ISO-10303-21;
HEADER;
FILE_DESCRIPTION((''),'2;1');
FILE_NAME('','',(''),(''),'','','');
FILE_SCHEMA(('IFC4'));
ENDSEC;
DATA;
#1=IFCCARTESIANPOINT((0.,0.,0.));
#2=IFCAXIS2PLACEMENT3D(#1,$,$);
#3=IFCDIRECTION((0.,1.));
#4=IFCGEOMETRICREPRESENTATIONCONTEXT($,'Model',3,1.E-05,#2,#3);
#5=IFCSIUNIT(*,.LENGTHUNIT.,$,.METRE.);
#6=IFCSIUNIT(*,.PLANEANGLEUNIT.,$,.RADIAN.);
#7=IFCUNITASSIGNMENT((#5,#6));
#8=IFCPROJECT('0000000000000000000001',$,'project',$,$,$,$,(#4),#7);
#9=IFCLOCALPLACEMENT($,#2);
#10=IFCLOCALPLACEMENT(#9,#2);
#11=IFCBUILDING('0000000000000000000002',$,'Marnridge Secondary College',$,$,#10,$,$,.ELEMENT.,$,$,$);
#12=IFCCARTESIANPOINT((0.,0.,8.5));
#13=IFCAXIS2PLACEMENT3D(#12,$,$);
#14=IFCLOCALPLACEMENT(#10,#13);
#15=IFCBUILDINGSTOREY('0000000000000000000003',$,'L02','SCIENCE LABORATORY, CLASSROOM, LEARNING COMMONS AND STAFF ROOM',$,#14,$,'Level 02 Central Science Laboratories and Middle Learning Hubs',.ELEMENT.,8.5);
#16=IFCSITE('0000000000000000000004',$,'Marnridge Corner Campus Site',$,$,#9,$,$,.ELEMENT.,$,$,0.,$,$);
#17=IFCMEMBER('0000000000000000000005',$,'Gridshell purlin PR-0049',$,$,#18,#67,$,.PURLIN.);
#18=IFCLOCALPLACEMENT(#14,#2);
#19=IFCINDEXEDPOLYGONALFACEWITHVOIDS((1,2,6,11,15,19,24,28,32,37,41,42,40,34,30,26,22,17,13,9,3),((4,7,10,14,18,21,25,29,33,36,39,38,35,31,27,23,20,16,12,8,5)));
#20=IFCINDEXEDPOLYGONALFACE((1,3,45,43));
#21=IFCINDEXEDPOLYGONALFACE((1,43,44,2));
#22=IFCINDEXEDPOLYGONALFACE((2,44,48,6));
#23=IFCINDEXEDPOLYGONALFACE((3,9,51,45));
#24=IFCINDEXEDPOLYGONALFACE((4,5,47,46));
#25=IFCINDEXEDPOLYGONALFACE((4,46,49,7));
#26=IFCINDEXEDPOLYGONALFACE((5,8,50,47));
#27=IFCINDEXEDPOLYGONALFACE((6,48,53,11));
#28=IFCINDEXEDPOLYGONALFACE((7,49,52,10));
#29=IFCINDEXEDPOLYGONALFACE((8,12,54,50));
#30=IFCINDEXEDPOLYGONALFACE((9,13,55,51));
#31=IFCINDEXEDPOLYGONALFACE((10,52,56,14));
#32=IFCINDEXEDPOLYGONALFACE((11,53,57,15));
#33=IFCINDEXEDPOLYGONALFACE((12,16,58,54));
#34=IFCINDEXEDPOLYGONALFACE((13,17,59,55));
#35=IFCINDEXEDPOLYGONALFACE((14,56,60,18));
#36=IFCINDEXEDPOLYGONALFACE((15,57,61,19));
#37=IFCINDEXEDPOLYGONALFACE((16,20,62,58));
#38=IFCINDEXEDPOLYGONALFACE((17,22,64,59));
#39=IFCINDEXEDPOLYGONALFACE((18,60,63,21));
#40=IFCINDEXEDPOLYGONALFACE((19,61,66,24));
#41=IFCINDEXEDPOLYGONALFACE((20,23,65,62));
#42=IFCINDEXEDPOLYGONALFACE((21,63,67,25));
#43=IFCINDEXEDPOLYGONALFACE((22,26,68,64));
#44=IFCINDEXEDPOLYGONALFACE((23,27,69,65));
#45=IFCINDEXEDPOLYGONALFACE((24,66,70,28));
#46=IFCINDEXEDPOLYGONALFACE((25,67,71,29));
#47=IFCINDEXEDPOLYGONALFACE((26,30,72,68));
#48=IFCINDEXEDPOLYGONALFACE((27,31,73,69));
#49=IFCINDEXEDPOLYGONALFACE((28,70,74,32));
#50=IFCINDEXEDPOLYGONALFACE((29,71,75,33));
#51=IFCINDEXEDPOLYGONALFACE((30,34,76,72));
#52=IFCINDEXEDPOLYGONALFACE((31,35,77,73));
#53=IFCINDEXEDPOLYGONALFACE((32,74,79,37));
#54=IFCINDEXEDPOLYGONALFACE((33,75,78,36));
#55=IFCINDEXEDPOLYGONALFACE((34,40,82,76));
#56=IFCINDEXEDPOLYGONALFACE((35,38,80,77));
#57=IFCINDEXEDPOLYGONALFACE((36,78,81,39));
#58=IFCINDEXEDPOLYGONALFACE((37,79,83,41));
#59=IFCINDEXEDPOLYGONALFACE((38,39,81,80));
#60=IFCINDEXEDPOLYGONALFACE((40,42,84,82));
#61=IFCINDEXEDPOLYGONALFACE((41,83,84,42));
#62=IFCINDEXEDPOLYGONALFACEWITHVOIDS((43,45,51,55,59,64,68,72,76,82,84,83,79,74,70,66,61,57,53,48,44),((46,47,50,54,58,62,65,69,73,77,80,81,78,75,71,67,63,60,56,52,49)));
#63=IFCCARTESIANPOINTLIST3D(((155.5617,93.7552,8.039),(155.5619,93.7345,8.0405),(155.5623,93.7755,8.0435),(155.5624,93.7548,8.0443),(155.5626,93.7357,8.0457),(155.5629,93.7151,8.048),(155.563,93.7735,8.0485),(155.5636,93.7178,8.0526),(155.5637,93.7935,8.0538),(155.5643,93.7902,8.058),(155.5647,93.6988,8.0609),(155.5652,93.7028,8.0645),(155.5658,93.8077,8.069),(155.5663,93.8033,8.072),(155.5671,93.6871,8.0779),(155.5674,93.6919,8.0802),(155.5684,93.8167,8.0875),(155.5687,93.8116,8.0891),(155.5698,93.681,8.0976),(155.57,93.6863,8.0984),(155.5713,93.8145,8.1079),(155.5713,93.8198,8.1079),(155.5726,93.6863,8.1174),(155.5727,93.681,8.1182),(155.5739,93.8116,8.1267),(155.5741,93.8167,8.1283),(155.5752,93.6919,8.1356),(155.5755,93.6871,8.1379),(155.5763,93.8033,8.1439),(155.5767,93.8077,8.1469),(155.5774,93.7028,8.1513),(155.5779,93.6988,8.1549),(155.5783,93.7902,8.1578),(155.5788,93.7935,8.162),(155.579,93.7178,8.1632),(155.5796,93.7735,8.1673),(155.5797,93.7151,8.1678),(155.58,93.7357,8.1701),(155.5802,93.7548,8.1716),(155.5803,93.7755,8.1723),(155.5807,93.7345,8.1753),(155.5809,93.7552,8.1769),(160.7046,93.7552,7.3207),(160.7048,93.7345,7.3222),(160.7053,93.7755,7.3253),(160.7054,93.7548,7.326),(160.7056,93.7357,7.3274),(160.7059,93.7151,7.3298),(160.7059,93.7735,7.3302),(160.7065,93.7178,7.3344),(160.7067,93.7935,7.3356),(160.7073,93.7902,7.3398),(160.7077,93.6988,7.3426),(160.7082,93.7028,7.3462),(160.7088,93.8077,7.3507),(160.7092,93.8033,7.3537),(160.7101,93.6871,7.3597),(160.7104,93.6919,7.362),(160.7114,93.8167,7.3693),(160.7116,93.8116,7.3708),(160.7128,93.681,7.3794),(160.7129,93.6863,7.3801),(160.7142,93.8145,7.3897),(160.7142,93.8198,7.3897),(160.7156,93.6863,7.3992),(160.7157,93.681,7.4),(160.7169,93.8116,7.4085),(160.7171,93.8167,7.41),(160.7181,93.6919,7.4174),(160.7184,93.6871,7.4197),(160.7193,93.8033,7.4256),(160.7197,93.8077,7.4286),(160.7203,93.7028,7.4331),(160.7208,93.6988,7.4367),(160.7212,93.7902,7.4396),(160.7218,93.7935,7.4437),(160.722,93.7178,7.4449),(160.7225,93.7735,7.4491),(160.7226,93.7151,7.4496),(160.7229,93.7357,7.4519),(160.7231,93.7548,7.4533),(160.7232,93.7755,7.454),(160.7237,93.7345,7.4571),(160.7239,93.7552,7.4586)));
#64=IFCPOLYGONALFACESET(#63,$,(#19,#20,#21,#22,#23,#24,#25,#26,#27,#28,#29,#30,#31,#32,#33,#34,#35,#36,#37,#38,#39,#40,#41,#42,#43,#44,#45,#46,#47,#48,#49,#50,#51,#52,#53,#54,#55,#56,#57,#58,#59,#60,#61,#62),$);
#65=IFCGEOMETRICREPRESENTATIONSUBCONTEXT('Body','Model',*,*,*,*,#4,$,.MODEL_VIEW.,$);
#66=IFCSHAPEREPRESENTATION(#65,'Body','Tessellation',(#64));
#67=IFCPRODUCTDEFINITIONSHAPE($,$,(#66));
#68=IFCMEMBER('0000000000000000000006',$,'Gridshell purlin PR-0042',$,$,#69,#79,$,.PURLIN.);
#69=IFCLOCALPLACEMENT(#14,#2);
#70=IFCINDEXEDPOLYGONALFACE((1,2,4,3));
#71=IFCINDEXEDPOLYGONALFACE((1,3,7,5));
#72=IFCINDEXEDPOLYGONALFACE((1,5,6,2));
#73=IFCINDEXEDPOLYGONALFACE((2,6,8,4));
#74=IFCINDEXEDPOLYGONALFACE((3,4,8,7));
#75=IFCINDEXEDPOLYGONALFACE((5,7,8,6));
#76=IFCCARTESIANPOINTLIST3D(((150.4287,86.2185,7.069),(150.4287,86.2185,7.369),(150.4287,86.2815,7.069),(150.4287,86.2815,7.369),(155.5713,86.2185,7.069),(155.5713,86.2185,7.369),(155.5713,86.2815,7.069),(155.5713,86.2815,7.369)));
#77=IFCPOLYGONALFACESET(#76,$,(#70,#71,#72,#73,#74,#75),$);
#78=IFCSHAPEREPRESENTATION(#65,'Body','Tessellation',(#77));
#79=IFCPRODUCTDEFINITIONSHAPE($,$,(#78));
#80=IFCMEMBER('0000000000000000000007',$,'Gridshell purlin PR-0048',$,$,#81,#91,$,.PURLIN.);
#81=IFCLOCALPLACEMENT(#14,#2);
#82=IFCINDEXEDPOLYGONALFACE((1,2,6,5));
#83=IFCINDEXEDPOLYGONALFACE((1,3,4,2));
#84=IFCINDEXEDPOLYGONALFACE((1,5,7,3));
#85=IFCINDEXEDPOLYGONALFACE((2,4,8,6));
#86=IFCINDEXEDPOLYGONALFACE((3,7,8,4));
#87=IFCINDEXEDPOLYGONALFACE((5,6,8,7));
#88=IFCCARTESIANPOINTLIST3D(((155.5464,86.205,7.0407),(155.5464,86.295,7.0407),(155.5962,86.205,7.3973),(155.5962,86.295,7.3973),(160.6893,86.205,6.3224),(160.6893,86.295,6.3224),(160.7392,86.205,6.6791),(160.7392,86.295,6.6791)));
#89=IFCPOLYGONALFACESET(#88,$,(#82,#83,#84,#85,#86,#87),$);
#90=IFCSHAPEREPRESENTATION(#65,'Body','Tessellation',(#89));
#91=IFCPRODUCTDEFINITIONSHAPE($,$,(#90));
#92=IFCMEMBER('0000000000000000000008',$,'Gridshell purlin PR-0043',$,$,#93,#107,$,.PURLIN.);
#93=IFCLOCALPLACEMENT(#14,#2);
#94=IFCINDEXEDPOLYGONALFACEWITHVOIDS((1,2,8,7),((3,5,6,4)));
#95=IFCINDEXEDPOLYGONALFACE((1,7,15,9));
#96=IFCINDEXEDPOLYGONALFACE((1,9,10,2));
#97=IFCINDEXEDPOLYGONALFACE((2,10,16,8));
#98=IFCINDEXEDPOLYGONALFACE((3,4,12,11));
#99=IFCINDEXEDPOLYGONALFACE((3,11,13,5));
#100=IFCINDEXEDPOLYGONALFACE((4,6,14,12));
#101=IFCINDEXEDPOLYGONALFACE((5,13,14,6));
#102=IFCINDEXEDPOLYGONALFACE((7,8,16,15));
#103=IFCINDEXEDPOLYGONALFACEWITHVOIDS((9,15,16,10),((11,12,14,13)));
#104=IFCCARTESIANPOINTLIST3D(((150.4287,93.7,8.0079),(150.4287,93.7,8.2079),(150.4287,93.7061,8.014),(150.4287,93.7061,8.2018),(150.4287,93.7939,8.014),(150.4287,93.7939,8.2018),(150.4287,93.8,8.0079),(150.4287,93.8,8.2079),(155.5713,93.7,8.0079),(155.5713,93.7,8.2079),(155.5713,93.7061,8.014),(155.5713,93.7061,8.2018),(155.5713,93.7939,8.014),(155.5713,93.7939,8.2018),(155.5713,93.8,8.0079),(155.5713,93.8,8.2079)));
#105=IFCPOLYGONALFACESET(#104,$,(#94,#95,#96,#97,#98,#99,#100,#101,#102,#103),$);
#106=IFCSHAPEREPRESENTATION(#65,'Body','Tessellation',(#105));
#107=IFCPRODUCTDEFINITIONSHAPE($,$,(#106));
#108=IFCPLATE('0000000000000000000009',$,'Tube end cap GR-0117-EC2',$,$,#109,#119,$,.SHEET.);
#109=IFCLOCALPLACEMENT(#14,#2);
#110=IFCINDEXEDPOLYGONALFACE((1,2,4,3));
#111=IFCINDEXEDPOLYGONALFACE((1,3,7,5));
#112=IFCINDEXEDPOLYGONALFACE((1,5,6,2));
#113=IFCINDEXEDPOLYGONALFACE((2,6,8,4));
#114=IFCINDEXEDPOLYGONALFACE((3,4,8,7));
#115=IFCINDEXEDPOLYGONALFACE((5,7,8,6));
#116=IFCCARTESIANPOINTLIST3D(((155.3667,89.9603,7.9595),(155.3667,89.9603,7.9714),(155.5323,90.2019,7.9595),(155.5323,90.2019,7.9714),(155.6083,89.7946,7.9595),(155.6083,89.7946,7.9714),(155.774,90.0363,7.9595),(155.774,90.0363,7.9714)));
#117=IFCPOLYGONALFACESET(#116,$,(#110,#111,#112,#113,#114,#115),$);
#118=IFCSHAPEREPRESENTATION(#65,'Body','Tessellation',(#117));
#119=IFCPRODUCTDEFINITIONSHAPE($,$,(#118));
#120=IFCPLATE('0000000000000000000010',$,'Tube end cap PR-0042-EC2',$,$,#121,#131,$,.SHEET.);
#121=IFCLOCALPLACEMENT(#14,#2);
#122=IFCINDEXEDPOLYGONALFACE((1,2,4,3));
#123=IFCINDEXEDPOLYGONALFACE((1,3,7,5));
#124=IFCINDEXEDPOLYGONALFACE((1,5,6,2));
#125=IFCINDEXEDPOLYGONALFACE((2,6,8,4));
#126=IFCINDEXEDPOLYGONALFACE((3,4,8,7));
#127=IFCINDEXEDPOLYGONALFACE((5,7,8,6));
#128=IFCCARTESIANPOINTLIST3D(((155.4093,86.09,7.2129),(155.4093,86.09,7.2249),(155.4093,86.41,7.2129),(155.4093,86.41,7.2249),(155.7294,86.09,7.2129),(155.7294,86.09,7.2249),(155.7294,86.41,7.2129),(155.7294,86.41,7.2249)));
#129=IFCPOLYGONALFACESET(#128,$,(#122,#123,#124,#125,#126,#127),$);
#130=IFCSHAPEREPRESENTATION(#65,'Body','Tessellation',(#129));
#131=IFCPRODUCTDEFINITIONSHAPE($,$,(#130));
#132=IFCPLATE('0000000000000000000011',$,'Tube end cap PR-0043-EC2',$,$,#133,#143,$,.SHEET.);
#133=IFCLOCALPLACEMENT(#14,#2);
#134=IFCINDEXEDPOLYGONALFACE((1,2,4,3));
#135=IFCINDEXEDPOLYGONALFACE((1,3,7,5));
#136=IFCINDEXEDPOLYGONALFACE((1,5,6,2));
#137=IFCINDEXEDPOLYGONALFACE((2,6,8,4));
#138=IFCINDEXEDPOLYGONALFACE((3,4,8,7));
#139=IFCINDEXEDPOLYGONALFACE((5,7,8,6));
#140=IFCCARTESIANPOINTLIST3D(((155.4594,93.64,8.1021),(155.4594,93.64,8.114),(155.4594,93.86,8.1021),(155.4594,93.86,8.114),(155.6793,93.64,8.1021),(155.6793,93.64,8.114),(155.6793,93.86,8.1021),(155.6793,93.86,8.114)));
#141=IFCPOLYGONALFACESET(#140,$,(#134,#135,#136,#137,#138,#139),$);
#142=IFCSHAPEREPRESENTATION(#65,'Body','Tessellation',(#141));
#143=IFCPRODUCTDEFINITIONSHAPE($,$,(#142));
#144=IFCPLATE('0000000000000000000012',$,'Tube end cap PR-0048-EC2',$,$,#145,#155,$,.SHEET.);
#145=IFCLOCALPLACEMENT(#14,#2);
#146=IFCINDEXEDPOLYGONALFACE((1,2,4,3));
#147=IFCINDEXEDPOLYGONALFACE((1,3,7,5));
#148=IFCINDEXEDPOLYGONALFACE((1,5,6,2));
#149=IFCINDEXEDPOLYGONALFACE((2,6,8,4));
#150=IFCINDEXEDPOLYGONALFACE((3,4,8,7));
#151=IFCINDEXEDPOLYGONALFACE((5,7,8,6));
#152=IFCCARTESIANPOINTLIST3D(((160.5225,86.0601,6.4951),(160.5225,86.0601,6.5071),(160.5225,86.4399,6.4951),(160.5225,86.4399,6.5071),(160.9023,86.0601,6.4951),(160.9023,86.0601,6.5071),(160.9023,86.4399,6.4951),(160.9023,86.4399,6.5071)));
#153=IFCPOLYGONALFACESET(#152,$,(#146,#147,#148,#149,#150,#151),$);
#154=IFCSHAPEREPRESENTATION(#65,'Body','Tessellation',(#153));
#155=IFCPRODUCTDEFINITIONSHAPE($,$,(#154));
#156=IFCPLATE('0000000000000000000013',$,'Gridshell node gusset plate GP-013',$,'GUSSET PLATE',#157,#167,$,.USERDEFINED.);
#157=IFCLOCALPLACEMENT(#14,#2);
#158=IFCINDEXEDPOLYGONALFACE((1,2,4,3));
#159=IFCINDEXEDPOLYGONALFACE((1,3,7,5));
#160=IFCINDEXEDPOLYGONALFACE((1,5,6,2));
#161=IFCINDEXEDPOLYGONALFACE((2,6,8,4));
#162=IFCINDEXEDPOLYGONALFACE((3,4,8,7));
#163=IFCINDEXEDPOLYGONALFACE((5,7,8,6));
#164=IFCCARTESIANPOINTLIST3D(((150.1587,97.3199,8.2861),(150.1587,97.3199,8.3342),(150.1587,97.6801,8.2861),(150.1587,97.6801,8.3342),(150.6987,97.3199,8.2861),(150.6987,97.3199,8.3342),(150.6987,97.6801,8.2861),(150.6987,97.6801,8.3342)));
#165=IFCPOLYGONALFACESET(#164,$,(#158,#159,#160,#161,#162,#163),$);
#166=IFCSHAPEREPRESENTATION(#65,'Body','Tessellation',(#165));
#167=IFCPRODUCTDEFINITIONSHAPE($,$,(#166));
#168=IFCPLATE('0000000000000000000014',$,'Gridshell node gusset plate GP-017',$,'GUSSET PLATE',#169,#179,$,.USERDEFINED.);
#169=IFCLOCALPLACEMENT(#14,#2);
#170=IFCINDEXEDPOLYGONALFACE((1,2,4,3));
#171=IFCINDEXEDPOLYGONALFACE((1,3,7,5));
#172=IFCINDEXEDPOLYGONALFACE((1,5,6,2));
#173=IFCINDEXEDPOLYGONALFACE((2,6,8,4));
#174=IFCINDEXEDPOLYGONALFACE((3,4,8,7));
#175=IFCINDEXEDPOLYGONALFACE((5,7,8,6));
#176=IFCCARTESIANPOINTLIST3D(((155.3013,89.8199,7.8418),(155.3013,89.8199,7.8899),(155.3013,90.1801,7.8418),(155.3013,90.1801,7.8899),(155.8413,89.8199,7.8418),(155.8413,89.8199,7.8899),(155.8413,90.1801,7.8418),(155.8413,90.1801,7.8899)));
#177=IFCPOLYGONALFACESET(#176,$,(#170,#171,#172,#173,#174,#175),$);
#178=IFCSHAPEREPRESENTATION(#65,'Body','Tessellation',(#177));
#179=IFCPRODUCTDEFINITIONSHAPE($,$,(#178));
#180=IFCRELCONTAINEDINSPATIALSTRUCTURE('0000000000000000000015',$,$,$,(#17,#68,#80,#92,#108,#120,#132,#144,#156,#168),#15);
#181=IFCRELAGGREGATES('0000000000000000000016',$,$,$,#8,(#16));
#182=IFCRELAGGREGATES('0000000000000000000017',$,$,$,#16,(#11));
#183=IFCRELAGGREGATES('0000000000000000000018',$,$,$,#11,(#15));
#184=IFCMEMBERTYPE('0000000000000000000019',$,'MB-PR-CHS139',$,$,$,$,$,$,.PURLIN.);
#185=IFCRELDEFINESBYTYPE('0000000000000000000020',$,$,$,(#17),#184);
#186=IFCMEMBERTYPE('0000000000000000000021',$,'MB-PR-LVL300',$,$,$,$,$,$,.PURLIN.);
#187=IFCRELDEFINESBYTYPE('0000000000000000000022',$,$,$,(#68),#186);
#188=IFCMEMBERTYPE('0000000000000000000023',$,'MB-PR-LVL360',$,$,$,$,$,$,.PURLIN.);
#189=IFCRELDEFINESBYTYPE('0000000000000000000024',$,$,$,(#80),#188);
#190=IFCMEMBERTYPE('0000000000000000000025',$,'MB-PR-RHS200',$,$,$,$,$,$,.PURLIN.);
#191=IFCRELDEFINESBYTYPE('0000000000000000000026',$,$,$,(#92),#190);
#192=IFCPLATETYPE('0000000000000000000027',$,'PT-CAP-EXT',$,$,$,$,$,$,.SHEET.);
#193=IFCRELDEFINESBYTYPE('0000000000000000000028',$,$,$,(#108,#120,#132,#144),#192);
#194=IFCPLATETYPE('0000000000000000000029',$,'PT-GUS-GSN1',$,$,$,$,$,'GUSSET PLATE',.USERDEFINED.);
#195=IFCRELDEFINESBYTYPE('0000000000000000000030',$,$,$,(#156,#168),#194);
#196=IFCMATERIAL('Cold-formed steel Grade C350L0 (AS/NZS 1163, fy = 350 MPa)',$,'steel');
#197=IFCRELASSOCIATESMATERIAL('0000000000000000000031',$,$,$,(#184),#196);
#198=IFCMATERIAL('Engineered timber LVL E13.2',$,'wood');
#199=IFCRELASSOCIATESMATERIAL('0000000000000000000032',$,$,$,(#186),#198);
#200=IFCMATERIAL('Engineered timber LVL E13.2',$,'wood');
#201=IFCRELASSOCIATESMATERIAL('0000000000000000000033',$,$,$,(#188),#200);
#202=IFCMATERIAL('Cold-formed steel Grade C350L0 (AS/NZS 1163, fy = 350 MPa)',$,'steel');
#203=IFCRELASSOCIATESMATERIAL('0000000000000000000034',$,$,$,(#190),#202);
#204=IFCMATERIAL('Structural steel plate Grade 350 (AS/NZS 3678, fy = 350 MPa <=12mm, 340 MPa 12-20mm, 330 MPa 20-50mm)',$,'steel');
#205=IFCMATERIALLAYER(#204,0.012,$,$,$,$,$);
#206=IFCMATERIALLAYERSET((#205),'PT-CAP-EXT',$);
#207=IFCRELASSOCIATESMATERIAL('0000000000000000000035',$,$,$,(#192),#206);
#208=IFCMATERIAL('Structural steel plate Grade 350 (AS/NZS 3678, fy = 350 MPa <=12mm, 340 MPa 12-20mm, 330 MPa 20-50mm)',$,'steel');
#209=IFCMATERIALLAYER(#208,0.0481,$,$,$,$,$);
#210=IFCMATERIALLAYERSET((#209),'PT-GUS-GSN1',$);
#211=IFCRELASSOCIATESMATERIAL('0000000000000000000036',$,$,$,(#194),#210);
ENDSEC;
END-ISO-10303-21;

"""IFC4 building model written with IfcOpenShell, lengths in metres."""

from ifc_helpers import new_model, si_unit, direction, frame, origin, origin_2d, place, context, subcontext, project, spatial, rectangle, hollow_rectangle, hollow_circle, extrude, material, layer, layer_set, material_profile, profile_set, type_object, element, save


model = new_model("IFC4")

# Units and contexts
model_context = context("Model", 3, precision=1e-05, world=origin(), true_north=direction((0.0, 1.0)))
body_context = subcontext(model_context, "Body", "Model", "MODEL_VIEW")
ifc_project = project(units=[si_unit("LENGTHUNIT", "METRE"), si_unit("PLANEANGLEUNIT", "RADIAN")], contexts=[model_context])

# Site, building, storey
site_placement = place(None, origin())
site = spatial("IfcSite", under=ifc_project, at=site_placement, Name="Marnridge Corner Campus Site", CompositionType="ELEMENT", RefElevation=0.0)
building_placement = place(site_placement, origin())
building = spatial("IfcBuilding", under=site, at=building_placement, Name="Marnridge Secondary College", CompositionType="ELEMENT")
storey_placement = place(building_placement, frame((0.0, 0.0, 8.5)))
storey = spatial("IfcBuildingStorey", under=building, at=storey_placement, Name="L02", Description="SCIENCE LABORATORY, CLASSROOM, LEARNING COMMONS AND STAFF ROOM", LongName="Level 02 Central Science Laboratories and Middle Learning Hubs", CompositionType="ELEMENT", Elevation=8.5)

# Members
ifc_material_1 = material(Name="Cold-formed steel Grade C350L0 (AS/NZS 1163, fy = 350 MPa)", Category="steel")
ifc_material_profile_1 = material_profile(ifc_material_1, hollow_circle(Radius=0.0698, WallThickness=0.0054, at=origin_2d()), Name="139.7x5.4CHS")
ifc_profile_set_1 = profile_set([ifc_material_profile_1], Name="Cold-formed steel Grade C350L0 (AS/NZS 1163, fy = 350 MPa)")
member_type_1 = type_object("IfcMemberType", Name="MB-PR-CHS139", PredefinedType="PURLIN", material=ifc_profile_set_1)
member_1_placement = place(storey_placement, frame((155.5713, 93.75, 8.1079), z_axis=(0.990388, 0.0, -0.138314), x_axis=(0.0, 1.0, 0.0)))
element("IfcMember", 1, at=member_1_placement, inside=storey, type_object=member_type_1, Name="Gridshell purlin PR-0049", PredefinedType="PURLIN", context=body_context, shape_type="SweptSolid", body=[
    extrude(hollow_circle(Radius=0.0698, WallThickness=0.0054, at=origin_2d()), origin(), (0.0, 0.0, 1.0), 5.1929),
])
ifc_material_2 = material(Name="Engineered timber LVL E13.2", Category="wood")
ifc_material_profile_2 = material_profile(ifc_material_2, rectangle(XDim=0.063, YDim=0.3, at=origin_2d()), Name="LVL 63x300")
ifc_profile_set_2 = profile_set([ifc_material_profile_2], Name="Engineered timber LVL E13.2")
member_type_2 = type_object("IfcMemberType", Name="MB-PR-LVL300", PredefinedType="PURLIN", material=ifc_profile_set_2)
member_2_placement = place(storey_placement, frame((150.4287, 86.25, 7.219), z_axis=(1.0, 0.0, 0.0), x_axis=(0.0, 1.0, 0.0)))
element("IfcMember", 2, at=member_2_placement, inside=storey, type_object=member_type_2, Name="Gridshell purlin PR-0042", PredefinedType="PURLIN", context=body_context, shape_type="SweptSolid", body=[
    extrude(rectangle(XDim=0.063, YDim=0.3, at=origin_2d()), origin(), (0.0, 0.0, 1.0), 5.1426),
])
ifc_material_3 = material(Name="Engineered timber LVL E13.2", Category="wood")
ifc_material_profile_3 = material_profile(ifc_material_3, rectangle(XDim=0.0901, YDim=0.3601, at=origin_2d()), Name="LVL 90x360")
ifc_profile_set_3 = profile_set([ifc_material_profile_3], Name="Engineered timber LVL E13.2")
member_type_3 = type_object("IfcMemberType", Name="MB-PR-LVL360", PredefinedType="PURLIN", material=ifc_profile_set_3)
member_3_placement = place(storey_placement, frame((155.5713, 86.25, 7.219), z_axis=(0.990388, 0.0, -0.138314), x_axis=(0.0, 1.0, 0.0)))
element("IfcMember", 3, at=member_3_placement, inside=storey, type_object=member_type_3, Name="Gridshell purlin PR-0048", PredefinedType="PURLIN", context=body_context, shape_type="SweptSolid", body=[
    extrude(rectangle(XDim=0.0901, YDim=0.3601, at=origin_2d()), origin(), (0.0, 0.0, 1.0), 5.1929),
])
ifc_material_4 = material(Name="Cold-formed steel Grade C350L0 (AS/NZS 1163, fy = 350 MPa)", Category="steel")
ifc_material_profile_4 = material_profile(ifc_material_4, hollow_rectangle(XDim=0.1001, YDim=0.2, WallThickness=0.0061, at=origin_2d()), Name="200x100x6.0RHS")
ifc_profile_set_4 = profile_set([ifc_material_profile_4], Name="Cold-formed steel Grade C350L0 (AS/NZS 1163, fy = 350 MPa)")
member_type_4 = type_object("IfcMemberType", Name="MB-PR-RHS200", PredefinedType="PURLIN", material=ifc_profile_set_4)
member_4_placement = place(storey_placement, frame((150.4287, 93.75, 8.1079), z_axis=(1.0, 0.0, 0.0), x_axis=(0.0, 1.0, 0.0)))
element("IfcMember", 4, at=member_4_placement, inside=storey, type_object=member_type_4, Name="Gridshell purlin PR-0043", PredefinedType="PURLIN", context=body_context, shape_type="SweptSolid", body=[
    extrude(hollow_rectangle(XDim=0.1001, YDim=0.2, WallThickness=0.0061, at=origin_2d()), origin(), (0.0, 0.0, 1.0), 5.1426),
])

# Plates
ifc_material_5 = material(Name="Structural steel plate Grade 350 (AS/NZS 3678, fy = 350 MPa <=12mm, 340 MPa 12-20mm, 330 MPa 20-50mm)", Category="steel")
ifc_layer_1 = layer(ifc_material_5, 0.012)
ifc_layer_set_1 = layer_set([ifc_layer_1], Name="PT-CAP-EXT")
plate_type_1 = type_object("IfcPlateType", Name="PT-CAP-EXT", PredefinedType="SHEET", material=ifc_layer_set_1)
plate_1_placement = place(storey_placement, frame((155.5703, 89.9983, 7.9595), z_axis=(0.0, 0.0, 1.0), x_axis=(0.565543, 0.824719, 0.0)))
element("IfcPlate", 5, at=plate_1_placement, inside=storey, type_object=plate_type_1, Name="Tube end cap GR-0117-EC2", PredefinedType="SHEET", context=body_context, shape_type="SweptSolid", body=[
    extrude(rectangle(XDim=0.293, YDim=0.293, at=origin_2d()), origin(), (0.0, 0.0, 1.0), 0.012),
])
plate_2_placement = place(storey_placement, frame((155.5693, 86.25, 7.2129), z_axis=(0.0, 0.0, 1.0), x_axis=(1.0, 0.0, 0.0)))
element("IfcPlate", 6, at=plate_2_placement, inside=storey, type_object=plate_type_1, Name="Tube end cap PR-0042-EC2", PredefinedType="SHEET", context=body_context, shape_type="SweptSolid", body=[
    extrude(rectangle(XDim=0.3201, YDim=0.3201, at=origin_2d()), origin(), (0.0, 0.0, 1.0), 0.012),
])
plate_3_placement = place(storey_placement, frame((155.5693, 93.75, 8.1021), z_axis=(0.0, 0.0, 1.0), x_axis=(1.0, 0.0, 0.0)))
element("IfcPlate", 7, at=plate_3_placement, inside=storey, type_object=plate_type_1, Name="Tube end cap PR-0043-EC2", PredefinedType="SHEET", context=body_context, shape_type="SweptSolid", body=[
    extrude(rectangle(XDim=0.22, YDim=0.22, at=origin_2d()), origin(), (0.0, 0.0, 1.0), 0.012),
])
plate_4_placement = place(storey_placement, frame((160.7124, 86.25, 6.4951), z_axis=(0.0, 0.0, 1.0), x_axis=(1.0, 0.0, 0.0)))
element("IfcPlate", 8, at=plate_4_placement, inside=storey, type_object=plate_type_1, Name="Tube end cap PR-0048-EC2", PredefinedType="SHEET", context=body_context, shape_type="SweptSolid", body=[
    extrude(rectangle(XDim=0.3799, YDim=0.3799, at=origin_2d()), origin(), (0.0, 0.0, 1.0), 0.012),
])
ifc_material_6 = material(Name="Structural steel plate Grade 350 (AS/NZS 3678, fy = 350 MPa <=12mm, 340 MPa 12-20mm, 330 MPa 20-50mm)", Category="steel")
ifc_layer_2 = layer(ifc_material_6, 0.0481)
ifc_layer_set_2 = layer_set([ifc_layer_2], Name="PT-GUS-GSN1")
plate_type_2 = type_object("IfcPlateType", Name="PT-GUS-GSN1", ElementType="GUSSET PLATE", PredefinedType="USERDEFINED", material=ifc_layer_set_2)
for number, where, z_axis, x_axis, name in (
    (9, (150.4287, 97.5, 8.2861), (0.0, 0.0, 1.0), (1.0, 0.0, 0.0), "Gridshell node gusset plate GP-013"),
    (10, (155.5713, 90.0, 7.8418), (0.0, 0.0, 1.0), (1.0, 0.0, 0.0), "Gridshell node gusset plate GP-017"),
):
    element("IfcPlate", number, at=place(storey_placement, frame(where, z_axis=z_axis, x_axis=x_axis)), inside=storey, type_object=plate_type_2, Name=name, ObjectType="GUSSET PLATE", PredefinedType="USERDEFINED", context=body_context, shape_type="SweptSolid", body=[
        extrude(rectangle(XDim=0.54, YDim=0.3601, at=origin_2d()), origin(), (0.0, 0.0, 1.0), 0.0481),
    ])

save(model, "model.ifc")
